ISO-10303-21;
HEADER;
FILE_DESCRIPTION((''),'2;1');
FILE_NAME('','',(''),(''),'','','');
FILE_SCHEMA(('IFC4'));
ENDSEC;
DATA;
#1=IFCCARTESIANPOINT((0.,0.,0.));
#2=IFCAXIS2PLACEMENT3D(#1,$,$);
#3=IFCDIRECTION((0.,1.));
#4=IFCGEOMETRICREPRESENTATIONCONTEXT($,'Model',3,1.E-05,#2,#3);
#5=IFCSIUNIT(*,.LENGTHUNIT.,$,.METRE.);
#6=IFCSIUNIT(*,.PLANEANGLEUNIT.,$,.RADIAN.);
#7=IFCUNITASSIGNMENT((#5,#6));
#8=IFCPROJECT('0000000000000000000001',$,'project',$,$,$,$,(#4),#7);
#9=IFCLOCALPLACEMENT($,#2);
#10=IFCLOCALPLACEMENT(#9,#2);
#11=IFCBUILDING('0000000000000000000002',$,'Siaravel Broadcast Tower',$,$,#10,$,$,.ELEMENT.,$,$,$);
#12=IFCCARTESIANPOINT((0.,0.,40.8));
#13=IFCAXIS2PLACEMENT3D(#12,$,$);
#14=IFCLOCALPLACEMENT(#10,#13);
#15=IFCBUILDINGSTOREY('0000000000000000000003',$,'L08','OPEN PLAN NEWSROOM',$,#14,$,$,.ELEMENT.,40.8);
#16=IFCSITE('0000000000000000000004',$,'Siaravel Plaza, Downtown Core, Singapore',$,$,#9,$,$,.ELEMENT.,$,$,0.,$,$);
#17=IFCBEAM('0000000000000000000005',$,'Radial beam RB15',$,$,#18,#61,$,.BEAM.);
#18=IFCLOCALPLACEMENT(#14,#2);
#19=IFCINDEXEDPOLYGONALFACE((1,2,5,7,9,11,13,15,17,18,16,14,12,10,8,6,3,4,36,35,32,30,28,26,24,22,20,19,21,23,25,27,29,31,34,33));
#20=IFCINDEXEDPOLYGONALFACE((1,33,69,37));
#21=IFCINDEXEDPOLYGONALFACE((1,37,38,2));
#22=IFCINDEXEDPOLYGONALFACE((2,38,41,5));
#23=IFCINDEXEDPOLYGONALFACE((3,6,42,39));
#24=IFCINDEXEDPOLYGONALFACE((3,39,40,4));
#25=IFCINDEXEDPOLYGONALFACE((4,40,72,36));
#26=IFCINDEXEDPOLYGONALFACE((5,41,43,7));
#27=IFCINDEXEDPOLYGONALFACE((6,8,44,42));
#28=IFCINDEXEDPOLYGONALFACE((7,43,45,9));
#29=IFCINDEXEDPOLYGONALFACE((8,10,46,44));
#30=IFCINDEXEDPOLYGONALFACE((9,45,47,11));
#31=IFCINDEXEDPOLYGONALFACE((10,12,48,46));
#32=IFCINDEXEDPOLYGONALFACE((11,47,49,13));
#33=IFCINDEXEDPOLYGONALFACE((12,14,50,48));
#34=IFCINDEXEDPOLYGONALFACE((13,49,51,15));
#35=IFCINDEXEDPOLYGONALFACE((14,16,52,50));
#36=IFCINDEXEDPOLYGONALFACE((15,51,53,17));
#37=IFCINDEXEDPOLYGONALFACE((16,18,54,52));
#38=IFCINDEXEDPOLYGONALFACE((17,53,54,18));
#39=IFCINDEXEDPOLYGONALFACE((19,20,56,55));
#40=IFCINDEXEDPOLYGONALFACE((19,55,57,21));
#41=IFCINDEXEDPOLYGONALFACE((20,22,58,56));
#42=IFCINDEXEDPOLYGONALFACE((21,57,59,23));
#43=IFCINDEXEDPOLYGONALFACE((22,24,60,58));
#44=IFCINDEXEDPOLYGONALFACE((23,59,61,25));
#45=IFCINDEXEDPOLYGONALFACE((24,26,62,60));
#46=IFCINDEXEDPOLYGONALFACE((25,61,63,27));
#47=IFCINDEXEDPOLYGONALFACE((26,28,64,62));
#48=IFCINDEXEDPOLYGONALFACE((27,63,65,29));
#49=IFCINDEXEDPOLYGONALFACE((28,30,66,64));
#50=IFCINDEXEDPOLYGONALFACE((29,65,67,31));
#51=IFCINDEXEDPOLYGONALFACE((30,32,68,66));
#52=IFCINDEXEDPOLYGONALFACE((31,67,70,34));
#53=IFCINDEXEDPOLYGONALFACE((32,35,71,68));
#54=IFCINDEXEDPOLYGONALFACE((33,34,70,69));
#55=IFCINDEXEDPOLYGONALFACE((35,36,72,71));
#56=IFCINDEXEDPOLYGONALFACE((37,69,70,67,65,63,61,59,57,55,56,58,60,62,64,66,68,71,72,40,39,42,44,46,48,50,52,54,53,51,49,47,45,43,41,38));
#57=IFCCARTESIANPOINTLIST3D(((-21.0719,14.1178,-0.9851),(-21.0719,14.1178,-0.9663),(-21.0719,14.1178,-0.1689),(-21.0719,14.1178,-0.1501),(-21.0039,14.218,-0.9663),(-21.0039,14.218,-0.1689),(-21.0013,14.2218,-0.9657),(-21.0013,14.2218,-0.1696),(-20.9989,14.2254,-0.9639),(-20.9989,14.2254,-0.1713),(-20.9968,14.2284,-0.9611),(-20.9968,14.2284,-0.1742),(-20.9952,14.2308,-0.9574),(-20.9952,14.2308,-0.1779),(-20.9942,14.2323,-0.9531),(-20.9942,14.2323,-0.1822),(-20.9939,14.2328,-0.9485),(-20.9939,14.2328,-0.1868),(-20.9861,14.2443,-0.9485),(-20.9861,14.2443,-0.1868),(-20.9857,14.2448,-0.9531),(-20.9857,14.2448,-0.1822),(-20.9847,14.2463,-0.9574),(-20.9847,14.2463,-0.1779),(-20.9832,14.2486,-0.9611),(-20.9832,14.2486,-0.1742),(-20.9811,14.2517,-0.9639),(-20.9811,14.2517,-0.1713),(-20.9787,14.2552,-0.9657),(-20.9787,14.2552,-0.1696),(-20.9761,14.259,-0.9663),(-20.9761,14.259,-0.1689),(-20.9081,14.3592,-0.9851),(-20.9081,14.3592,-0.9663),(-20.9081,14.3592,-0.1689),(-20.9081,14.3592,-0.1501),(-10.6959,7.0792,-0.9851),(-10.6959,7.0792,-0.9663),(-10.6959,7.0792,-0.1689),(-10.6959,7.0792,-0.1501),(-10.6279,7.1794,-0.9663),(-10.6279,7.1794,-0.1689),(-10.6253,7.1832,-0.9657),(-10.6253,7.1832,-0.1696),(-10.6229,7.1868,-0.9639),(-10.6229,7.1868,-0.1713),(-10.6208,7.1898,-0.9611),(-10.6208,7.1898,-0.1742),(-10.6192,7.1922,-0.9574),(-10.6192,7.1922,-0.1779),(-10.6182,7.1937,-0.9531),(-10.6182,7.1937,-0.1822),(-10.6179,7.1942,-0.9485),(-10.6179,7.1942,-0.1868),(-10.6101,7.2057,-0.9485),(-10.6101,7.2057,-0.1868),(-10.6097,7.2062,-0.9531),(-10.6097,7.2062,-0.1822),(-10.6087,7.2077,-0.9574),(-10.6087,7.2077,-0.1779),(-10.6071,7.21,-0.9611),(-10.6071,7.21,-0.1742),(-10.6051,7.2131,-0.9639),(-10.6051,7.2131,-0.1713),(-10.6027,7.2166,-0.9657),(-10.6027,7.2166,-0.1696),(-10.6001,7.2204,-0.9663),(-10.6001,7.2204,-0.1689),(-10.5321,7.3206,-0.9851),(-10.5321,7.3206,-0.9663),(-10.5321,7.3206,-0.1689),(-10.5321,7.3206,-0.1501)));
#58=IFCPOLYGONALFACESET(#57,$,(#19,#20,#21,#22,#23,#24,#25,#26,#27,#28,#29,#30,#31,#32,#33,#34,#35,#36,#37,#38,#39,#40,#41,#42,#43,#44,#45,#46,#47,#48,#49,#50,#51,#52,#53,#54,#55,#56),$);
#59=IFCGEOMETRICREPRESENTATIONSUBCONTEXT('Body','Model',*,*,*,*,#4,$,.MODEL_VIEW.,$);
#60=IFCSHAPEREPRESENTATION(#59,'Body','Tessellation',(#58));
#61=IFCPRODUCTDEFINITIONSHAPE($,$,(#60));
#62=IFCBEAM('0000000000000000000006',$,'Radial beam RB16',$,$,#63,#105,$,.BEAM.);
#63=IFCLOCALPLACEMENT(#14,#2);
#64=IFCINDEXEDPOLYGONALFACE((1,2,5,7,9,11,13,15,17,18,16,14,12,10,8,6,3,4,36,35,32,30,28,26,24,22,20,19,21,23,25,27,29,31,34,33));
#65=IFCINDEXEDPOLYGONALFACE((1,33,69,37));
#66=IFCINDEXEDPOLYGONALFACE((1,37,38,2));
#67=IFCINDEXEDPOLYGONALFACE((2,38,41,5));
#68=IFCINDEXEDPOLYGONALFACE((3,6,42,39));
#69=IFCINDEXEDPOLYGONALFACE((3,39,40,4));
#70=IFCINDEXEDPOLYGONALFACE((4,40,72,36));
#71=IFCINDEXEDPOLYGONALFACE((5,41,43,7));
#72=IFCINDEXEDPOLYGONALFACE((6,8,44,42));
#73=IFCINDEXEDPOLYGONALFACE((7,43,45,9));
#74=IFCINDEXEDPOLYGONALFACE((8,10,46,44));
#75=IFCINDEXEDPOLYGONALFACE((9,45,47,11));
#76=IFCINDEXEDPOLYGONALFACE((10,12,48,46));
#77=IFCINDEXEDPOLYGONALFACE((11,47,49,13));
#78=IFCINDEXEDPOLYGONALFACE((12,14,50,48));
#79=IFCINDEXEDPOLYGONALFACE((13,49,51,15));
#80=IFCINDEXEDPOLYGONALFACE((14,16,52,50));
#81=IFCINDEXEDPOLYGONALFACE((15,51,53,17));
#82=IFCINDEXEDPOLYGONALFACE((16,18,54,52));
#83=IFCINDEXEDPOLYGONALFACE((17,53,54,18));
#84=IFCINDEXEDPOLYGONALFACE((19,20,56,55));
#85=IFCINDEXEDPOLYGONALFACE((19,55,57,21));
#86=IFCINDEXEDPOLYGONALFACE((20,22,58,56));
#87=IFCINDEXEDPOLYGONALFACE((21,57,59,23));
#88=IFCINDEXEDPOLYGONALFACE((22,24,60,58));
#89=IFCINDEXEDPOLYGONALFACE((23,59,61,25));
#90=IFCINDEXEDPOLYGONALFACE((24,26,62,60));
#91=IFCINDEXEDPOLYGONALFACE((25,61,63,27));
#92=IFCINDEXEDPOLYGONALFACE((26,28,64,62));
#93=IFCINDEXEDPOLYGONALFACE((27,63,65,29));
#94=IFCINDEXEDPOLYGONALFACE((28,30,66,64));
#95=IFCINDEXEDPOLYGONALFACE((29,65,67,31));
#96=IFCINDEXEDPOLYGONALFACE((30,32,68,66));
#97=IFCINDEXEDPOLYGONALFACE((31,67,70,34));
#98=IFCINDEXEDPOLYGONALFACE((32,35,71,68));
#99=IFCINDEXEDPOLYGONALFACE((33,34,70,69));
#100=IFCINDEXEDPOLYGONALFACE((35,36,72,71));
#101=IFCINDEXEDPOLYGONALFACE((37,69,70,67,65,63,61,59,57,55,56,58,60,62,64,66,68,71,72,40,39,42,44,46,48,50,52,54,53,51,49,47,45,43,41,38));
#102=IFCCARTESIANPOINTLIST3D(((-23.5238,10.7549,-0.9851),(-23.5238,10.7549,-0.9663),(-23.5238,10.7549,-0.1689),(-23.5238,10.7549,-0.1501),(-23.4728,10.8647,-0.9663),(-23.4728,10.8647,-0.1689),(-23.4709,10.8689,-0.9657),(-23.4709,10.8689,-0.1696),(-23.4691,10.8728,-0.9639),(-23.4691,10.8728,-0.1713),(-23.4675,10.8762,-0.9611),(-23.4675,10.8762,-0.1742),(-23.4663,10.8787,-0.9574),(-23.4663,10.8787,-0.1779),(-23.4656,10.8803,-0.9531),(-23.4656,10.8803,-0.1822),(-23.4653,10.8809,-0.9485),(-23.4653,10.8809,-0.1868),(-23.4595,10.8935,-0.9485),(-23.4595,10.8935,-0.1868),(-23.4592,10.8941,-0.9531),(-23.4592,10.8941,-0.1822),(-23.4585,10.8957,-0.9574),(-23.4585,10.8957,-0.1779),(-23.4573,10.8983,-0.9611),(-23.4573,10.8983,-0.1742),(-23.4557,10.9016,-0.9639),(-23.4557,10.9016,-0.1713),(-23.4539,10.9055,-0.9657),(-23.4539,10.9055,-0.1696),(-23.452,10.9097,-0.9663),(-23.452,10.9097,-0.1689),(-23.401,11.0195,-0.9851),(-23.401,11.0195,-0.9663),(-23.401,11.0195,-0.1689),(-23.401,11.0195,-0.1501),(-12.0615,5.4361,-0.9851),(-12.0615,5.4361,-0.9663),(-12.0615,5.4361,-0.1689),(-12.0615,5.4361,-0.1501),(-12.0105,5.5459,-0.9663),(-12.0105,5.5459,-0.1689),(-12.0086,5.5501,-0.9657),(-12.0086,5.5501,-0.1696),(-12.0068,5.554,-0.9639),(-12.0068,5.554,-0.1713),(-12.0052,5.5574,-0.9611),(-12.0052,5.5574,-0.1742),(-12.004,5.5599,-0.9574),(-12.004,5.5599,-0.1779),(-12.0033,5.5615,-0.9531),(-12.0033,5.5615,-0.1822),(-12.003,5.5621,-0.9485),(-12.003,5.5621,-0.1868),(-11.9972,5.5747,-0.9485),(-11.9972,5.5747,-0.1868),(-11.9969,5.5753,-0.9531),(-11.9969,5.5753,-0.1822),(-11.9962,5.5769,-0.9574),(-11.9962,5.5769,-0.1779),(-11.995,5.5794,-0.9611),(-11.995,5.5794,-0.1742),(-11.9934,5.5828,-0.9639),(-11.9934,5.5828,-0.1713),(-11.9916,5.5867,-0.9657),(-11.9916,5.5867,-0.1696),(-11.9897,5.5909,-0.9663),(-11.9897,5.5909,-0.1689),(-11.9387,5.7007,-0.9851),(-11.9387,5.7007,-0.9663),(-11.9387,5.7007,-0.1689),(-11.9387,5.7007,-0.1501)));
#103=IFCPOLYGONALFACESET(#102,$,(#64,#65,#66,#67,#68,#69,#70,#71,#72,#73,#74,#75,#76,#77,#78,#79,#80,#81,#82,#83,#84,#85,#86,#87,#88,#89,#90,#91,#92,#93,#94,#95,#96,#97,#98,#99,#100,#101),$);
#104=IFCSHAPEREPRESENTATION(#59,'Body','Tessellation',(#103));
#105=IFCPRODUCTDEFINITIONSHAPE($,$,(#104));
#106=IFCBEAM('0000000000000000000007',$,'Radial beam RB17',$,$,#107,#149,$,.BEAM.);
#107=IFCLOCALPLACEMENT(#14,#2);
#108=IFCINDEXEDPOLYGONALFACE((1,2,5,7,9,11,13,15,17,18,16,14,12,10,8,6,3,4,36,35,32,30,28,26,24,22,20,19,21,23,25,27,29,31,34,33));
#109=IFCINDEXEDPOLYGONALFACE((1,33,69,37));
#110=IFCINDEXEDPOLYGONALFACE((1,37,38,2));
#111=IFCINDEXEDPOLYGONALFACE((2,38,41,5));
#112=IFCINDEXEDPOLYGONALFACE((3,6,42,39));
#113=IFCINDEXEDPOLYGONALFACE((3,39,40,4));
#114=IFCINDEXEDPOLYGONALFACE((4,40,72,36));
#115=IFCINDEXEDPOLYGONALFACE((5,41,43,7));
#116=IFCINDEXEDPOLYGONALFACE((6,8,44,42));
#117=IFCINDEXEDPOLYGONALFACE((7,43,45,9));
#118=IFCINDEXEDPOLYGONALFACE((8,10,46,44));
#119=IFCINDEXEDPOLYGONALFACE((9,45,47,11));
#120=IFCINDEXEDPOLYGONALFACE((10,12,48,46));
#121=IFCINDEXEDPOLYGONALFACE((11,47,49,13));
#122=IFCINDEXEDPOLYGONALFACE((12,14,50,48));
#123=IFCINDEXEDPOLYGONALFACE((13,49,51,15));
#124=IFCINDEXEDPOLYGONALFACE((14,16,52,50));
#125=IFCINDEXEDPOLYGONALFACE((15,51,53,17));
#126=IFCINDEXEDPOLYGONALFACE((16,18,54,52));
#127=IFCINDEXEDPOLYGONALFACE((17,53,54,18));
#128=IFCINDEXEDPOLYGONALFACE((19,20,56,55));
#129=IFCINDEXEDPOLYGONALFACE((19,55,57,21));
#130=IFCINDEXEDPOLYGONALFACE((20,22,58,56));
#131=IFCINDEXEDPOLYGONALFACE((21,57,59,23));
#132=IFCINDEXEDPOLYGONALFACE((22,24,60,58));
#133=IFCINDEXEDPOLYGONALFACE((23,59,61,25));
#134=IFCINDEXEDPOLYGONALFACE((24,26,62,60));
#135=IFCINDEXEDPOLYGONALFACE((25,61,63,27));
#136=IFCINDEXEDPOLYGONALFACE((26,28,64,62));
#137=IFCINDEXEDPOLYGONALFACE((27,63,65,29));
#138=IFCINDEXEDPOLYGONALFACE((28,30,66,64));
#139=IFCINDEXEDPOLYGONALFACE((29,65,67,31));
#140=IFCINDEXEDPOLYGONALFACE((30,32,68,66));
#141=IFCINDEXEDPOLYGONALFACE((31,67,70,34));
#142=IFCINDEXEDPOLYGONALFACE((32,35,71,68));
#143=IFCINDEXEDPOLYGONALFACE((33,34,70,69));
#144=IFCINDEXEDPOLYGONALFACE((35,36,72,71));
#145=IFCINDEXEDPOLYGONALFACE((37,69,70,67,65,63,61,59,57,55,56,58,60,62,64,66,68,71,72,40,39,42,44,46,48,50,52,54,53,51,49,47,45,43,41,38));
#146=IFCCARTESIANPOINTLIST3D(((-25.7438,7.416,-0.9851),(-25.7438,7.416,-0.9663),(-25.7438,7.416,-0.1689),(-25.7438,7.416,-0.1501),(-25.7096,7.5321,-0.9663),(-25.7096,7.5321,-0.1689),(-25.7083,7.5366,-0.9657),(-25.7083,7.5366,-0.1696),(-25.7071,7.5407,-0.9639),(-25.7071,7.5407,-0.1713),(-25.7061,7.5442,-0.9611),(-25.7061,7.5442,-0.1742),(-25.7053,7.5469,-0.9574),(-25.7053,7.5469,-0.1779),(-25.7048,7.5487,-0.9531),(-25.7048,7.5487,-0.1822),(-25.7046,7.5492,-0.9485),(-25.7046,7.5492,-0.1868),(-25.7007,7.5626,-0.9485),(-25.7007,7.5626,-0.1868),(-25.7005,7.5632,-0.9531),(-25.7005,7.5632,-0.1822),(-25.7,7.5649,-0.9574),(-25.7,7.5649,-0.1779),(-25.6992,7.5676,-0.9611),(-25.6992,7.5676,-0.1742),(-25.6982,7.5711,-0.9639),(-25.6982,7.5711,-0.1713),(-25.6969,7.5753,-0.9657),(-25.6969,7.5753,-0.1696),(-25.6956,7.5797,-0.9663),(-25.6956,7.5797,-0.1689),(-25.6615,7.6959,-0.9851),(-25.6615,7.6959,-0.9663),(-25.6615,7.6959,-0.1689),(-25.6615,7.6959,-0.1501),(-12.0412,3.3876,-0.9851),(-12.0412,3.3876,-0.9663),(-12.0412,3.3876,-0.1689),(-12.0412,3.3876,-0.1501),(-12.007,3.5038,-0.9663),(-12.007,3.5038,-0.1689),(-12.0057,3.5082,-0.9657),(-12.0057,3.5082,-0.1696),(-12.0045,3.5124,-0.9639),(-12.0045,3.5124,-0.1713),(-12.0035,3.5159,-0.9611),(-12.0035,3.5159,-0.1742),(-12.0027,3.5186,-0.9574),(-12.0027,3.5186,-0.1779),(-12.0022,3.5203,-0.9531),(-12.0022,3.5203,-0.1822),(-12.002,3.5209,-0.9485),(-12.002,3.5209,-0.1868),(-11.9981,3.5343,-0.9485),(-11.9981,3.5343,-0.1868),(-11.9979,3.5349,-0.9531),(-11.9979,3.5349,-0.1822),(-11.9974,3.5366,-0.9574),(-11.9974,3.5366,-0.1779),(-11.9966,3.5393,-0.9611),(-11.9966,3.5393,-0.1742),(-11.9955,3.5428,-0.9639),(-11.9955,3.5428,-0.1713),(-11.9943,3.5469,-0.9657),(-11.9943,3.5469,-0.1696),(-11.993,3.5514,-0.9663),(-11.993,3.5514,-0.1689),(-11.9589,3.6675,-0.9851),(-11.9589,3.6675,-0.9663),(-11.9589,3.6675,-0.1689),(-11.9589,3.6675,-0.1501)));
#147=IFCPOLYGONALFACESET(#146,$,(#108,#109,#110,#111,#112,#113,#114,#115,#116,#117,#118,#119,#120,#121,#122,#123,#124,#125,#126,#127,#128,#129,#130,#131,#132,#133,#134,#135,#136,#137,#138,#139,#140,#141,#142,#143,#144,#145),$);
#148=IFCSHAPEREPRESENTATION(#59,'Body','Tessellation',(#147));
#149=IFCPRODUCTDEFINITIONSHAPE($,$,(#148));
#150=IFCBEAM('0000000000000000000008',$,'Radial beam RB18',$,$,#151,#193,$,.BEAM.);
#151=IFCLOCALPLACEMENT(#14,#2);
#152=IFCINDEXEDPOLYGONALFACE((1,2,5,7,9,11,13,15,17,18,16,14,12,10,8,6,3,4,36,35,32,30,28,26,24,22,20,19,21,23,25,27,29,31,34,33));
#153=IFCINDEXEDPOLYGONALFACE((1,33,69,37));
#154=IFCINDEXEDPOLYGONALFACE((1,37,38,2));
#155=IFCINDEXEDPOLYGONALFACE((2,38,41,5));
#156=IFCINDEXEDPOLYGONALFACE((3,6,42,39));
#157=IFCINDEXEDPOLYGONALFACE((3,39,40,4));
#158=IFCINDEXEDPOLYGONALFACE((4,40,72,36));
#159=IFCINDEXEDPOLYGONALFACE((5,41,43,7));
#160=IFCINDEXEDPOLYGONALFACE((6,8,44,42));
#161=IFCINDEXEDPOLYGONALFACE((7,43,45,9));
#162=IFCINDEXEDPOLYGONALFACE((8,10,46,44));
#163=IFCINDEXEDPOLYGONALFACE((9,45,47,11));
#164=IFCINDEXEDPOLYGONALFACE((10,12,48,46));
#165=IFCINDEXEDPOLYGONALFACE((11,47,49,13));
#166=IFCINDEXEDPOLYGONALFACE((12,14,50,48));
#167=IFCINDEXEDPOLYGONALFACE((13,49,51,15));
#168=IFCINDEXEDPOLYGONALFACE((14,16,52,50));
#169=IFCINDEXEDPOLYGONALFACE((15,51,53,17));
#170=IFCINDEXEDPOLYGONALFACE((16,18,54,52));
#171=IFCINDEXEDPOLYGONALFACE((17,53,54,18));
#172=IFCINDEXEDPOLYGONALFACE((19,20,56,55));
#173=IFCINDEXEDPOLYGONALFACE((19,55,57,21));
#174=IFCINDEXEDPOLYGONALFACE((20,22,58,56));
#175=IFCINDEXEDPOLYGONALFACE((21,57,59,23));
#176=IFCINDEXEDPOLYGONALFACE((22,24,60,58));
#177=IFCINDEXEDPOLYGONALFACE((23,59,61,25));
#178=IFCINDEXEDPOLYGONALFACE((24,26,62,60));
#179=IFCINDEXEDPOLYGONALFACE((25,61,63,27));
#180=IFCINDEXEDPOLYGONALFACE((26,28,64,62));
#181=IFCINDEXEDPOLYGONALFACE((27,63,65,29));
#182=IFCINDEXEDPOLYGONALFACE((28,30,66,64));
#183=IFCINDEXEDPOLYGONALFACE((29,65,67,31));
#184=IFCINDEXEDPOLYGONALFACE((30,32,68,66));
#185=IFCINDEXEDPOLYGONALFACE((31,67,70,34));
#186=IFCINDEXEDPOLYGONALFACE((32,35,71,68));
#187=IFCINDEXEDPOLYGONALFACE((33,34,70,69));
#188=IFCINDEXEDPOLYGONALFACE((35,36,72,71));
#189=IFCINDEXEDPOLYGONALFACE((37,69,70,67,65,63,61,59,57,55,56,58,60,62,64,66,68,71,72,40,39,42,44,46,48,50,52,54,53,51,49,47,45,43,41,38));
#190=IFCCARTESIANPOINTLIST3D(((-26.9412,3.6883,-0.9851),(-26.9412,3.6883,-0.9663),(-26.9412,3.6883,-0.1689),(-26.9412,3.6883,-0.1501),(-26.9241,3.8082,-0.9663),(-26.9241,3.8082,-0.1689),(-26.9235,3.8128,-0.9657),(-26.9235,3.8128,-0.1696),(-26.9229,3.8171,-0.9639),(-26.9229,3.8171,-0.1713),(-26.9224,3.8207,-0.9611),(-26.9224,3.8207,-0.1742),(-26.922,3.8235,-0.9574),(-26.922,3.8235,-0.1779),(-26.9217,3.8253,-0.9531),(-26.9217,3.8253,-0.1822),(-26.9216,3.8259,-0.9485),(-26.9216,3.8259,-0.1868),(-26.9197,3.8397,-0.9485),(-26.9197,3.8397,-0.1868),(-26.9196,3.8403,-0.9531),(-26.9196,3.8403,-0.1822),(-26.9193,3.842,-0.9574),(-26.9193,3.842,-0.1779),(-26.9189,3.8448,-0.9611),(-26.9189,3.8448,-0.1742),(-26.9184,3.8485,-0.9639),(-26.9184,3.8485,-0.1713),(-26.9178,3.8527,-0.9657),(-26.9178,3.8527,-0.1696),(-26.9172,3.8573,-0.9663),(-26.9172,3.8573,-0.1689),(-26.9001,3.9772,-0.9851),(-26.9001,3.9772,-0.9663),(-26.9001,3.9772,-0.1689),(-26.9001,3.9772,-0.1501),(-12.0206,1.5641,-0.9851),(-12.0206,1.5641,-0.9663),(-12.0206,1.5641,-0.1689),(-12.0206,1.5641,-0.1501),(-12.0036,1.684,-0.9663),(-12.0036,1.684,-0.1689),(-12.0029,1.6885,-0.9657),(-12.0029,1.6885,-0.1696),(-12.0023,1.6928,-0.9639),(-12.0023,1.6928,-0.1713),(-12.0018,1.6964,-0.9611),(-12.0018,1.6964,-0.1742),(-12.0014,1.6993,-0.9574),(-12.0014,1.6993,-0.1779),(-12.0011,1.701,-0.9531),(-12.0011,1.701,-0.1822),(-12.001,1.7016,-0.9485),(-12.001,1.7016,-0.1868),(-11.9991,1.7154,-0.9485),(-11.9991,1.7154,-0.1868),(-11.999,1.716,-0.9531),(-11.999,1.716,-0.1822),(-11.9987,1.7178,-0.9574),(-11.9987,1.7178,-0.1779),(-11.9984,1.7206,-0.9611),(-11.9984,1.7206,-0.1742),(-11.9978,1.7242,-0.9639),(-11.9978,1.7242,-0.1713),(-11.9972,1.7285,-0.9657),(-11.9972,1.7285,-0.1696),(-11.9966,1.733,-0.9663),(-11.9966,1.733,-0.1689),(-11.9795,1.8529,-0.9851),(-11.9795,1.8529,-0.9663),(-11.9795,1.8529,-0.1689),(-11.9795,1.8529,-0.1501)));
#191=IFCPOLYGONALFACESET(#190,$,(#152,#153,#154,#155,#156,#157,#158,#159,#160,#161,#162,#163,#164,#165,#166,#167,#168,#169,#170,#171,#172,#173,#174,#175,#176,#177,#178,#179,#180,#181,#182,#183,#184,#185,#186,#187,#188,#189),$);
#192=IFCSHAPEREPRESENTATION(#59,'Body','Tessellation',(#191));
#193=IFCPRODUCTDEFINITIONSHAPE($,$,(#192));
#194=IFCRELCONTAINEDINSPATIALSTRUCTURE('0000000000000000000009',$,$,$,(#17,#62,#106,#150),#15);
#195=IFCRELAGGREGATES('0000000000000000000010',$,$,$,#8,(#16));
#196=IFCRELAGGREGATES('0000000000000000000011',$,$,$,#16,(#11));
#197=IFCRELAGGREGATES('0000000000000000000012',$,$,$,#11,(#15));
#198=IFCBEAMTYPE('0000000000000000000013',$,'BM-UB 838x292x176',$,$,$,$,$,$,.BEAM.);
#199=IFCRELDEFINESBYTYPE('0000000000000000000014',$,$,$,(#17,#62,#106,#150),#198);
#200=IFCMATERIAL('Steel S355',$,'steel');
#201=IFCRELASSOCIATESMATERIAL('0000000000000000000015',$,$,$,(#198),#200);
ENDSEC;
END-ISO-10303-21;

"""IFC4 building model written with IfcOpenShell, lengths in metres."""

from ifc_helpers import new_model, si_unit, direction, frame, origin, origin_2d, place, context, subcontext, project, spatial, i_section, extrude, material, material_profile, profile_set, type_object, element, save


model = new_model("IFC4")

# Units and contexts
model_context = context("Model", 3, precision=1e-05, world=origin(), true_north=direction((0.0, 1.0)))
body_context = subcontext(model_context, "Body", "Model", "MODEL_VIEW")
ifc_project = project(units=[si_unit("LENGTHUNIT", "METRE"), si_unit("PLANEANGLEUNIT", "RADIAN")], contexts=[model_context])

# Site, building, storey
site_placement = place(None, origin())
site = spatial("IfcSite", under=ifc_project, at=site_placement, Name="Siaravel Plaza, Downtown Core, Singapore", CompositionType="ELEMENT", RefElevation=0.0)
building_placement = place(site_placement, origin())
building = spatial("IfcBuilding", under=site, at=building_placement, Name="Siaravel Broadcast Tower", CompositionType="ELEMENT")
storey_placement = place(building_placement, frame((0.0, 0.0, 40.8)))
storey = spatial("IfcBuildingStorey", under=building, at=storey_placement, Name="L08", Description="OPEN PLAN NEWSROOM", CompositionType="ELEMENT", Elevation=40.8)

# Beams
ifc_material_1 = material(Name="Steel S355", Category="steel")
ifc_material_profile_1 = material_profile(ifc_material_1, i_section(OverallWidth=0.2917, OverallDepth=0.835, WebThickness=0.0139, FlangeThickness=0.0188, FilletRadius=0.0178, at=origin_2d()))
ifc_profile_set_1 = profile_set([ifc_material_profile_1], Name="Steel S355")
beam_type = type_object("IfcBeamType", Name="BM-UB 838x292x176", PredefinedType="BEAM", material=ifc_profile_set_1)
beam_1_placement = place(storey_placement, frame((-20.99, 14.2385, -0.5676), z_axis=(0.82756, -0.561378, 0.0), x_axis=(0.561378, 0.82756, 0.0)))
element("IfcBeam", 1, at=beam_1_placement, inside=storey, type_object=beam_type, Name="Radial beam RB15", PredefinedType="BEAM", context=body_context, shape_type="SweptSolid", body=[
    extrude(i_section(OverallWidth=0.2917, OverallDepth=0.835, WebThickness=0.0139, FlangeThickness=0.0188, FilletRadius=0.0178, at=origin_2d()), origin(), (0.0, 0.0, 1.0), 12.5381),
])
beam_2_placement = place(storey_placement, frame((-23.4624, 10.8872, -0.5676), z_axis=(0.907099, -0.420917, 0.0), x_axis=(0.420917, 0.907099, 0.0)))
element("IfcBeam", 2, at=beam_2_placement, inside=storey, type_object=beam_type, Name="Radial beam RB16", PredefinedType="BEAM", context=body_context, shape_type="SweptSolid", body=[
    extrude(i_section(OverallWidth=0.2917, OverallDepth=0.835, WebThickness=0.0139, FlangeThickness=0.0188, FilletRadius=0.0178, at=origin_2d()), origin(), (0.0, 0.0, 1.0), 12.6362),
])
beam_3_placement = place(storey_placement, frame((-25.7026, 7.5559, -0.5676), z_axis=(0.959401, -0.282046, 0.0), x_axis=(0.282046, 0.959401, 0.0)))
element("IfcBeam", 3, at=beam_3_placement, inside=storey, type_object=beam_type, Name="Radial beam RB17", PredefinedType="BEAM", context=body_context, shape_type="SweptSolid", body=[
    extrude(i_section(OverallWidth=0.2917, OverallDepth=0.835, WebThickness=0.0139, FlangeThickness=0.0188, FilletRadius=0.0178, at=origin_2d()), origin(), (0.0, 0.0, 1.0), 14.2825),
])
beam_4_placement = place(storey_placement, frame((-26.9207, 3.8328, -0.5676), z_axis=(0.990017, -0.14095, 0.0), x_axis=(0.14095, 0.990017, 0.0)))
element("IfcBeam", 4, at=beam_4_placement, inside=storey, type_object=beam_type, Name="Radial beam RB18", PredefinedType="BEAM", context=body_context, shape_type="SweptSolid", body=[
    extrude(i_section(OverallWidth=0.2917, OverallDepth=0.835, WebThickness=0.0139, FlangeThickness=0.0188, FilletRadius=0.0178, at=origin_2d()), origin(), (0.0, 0.0, 1.0), 15.071),
])

save(model, "model.ifc")
